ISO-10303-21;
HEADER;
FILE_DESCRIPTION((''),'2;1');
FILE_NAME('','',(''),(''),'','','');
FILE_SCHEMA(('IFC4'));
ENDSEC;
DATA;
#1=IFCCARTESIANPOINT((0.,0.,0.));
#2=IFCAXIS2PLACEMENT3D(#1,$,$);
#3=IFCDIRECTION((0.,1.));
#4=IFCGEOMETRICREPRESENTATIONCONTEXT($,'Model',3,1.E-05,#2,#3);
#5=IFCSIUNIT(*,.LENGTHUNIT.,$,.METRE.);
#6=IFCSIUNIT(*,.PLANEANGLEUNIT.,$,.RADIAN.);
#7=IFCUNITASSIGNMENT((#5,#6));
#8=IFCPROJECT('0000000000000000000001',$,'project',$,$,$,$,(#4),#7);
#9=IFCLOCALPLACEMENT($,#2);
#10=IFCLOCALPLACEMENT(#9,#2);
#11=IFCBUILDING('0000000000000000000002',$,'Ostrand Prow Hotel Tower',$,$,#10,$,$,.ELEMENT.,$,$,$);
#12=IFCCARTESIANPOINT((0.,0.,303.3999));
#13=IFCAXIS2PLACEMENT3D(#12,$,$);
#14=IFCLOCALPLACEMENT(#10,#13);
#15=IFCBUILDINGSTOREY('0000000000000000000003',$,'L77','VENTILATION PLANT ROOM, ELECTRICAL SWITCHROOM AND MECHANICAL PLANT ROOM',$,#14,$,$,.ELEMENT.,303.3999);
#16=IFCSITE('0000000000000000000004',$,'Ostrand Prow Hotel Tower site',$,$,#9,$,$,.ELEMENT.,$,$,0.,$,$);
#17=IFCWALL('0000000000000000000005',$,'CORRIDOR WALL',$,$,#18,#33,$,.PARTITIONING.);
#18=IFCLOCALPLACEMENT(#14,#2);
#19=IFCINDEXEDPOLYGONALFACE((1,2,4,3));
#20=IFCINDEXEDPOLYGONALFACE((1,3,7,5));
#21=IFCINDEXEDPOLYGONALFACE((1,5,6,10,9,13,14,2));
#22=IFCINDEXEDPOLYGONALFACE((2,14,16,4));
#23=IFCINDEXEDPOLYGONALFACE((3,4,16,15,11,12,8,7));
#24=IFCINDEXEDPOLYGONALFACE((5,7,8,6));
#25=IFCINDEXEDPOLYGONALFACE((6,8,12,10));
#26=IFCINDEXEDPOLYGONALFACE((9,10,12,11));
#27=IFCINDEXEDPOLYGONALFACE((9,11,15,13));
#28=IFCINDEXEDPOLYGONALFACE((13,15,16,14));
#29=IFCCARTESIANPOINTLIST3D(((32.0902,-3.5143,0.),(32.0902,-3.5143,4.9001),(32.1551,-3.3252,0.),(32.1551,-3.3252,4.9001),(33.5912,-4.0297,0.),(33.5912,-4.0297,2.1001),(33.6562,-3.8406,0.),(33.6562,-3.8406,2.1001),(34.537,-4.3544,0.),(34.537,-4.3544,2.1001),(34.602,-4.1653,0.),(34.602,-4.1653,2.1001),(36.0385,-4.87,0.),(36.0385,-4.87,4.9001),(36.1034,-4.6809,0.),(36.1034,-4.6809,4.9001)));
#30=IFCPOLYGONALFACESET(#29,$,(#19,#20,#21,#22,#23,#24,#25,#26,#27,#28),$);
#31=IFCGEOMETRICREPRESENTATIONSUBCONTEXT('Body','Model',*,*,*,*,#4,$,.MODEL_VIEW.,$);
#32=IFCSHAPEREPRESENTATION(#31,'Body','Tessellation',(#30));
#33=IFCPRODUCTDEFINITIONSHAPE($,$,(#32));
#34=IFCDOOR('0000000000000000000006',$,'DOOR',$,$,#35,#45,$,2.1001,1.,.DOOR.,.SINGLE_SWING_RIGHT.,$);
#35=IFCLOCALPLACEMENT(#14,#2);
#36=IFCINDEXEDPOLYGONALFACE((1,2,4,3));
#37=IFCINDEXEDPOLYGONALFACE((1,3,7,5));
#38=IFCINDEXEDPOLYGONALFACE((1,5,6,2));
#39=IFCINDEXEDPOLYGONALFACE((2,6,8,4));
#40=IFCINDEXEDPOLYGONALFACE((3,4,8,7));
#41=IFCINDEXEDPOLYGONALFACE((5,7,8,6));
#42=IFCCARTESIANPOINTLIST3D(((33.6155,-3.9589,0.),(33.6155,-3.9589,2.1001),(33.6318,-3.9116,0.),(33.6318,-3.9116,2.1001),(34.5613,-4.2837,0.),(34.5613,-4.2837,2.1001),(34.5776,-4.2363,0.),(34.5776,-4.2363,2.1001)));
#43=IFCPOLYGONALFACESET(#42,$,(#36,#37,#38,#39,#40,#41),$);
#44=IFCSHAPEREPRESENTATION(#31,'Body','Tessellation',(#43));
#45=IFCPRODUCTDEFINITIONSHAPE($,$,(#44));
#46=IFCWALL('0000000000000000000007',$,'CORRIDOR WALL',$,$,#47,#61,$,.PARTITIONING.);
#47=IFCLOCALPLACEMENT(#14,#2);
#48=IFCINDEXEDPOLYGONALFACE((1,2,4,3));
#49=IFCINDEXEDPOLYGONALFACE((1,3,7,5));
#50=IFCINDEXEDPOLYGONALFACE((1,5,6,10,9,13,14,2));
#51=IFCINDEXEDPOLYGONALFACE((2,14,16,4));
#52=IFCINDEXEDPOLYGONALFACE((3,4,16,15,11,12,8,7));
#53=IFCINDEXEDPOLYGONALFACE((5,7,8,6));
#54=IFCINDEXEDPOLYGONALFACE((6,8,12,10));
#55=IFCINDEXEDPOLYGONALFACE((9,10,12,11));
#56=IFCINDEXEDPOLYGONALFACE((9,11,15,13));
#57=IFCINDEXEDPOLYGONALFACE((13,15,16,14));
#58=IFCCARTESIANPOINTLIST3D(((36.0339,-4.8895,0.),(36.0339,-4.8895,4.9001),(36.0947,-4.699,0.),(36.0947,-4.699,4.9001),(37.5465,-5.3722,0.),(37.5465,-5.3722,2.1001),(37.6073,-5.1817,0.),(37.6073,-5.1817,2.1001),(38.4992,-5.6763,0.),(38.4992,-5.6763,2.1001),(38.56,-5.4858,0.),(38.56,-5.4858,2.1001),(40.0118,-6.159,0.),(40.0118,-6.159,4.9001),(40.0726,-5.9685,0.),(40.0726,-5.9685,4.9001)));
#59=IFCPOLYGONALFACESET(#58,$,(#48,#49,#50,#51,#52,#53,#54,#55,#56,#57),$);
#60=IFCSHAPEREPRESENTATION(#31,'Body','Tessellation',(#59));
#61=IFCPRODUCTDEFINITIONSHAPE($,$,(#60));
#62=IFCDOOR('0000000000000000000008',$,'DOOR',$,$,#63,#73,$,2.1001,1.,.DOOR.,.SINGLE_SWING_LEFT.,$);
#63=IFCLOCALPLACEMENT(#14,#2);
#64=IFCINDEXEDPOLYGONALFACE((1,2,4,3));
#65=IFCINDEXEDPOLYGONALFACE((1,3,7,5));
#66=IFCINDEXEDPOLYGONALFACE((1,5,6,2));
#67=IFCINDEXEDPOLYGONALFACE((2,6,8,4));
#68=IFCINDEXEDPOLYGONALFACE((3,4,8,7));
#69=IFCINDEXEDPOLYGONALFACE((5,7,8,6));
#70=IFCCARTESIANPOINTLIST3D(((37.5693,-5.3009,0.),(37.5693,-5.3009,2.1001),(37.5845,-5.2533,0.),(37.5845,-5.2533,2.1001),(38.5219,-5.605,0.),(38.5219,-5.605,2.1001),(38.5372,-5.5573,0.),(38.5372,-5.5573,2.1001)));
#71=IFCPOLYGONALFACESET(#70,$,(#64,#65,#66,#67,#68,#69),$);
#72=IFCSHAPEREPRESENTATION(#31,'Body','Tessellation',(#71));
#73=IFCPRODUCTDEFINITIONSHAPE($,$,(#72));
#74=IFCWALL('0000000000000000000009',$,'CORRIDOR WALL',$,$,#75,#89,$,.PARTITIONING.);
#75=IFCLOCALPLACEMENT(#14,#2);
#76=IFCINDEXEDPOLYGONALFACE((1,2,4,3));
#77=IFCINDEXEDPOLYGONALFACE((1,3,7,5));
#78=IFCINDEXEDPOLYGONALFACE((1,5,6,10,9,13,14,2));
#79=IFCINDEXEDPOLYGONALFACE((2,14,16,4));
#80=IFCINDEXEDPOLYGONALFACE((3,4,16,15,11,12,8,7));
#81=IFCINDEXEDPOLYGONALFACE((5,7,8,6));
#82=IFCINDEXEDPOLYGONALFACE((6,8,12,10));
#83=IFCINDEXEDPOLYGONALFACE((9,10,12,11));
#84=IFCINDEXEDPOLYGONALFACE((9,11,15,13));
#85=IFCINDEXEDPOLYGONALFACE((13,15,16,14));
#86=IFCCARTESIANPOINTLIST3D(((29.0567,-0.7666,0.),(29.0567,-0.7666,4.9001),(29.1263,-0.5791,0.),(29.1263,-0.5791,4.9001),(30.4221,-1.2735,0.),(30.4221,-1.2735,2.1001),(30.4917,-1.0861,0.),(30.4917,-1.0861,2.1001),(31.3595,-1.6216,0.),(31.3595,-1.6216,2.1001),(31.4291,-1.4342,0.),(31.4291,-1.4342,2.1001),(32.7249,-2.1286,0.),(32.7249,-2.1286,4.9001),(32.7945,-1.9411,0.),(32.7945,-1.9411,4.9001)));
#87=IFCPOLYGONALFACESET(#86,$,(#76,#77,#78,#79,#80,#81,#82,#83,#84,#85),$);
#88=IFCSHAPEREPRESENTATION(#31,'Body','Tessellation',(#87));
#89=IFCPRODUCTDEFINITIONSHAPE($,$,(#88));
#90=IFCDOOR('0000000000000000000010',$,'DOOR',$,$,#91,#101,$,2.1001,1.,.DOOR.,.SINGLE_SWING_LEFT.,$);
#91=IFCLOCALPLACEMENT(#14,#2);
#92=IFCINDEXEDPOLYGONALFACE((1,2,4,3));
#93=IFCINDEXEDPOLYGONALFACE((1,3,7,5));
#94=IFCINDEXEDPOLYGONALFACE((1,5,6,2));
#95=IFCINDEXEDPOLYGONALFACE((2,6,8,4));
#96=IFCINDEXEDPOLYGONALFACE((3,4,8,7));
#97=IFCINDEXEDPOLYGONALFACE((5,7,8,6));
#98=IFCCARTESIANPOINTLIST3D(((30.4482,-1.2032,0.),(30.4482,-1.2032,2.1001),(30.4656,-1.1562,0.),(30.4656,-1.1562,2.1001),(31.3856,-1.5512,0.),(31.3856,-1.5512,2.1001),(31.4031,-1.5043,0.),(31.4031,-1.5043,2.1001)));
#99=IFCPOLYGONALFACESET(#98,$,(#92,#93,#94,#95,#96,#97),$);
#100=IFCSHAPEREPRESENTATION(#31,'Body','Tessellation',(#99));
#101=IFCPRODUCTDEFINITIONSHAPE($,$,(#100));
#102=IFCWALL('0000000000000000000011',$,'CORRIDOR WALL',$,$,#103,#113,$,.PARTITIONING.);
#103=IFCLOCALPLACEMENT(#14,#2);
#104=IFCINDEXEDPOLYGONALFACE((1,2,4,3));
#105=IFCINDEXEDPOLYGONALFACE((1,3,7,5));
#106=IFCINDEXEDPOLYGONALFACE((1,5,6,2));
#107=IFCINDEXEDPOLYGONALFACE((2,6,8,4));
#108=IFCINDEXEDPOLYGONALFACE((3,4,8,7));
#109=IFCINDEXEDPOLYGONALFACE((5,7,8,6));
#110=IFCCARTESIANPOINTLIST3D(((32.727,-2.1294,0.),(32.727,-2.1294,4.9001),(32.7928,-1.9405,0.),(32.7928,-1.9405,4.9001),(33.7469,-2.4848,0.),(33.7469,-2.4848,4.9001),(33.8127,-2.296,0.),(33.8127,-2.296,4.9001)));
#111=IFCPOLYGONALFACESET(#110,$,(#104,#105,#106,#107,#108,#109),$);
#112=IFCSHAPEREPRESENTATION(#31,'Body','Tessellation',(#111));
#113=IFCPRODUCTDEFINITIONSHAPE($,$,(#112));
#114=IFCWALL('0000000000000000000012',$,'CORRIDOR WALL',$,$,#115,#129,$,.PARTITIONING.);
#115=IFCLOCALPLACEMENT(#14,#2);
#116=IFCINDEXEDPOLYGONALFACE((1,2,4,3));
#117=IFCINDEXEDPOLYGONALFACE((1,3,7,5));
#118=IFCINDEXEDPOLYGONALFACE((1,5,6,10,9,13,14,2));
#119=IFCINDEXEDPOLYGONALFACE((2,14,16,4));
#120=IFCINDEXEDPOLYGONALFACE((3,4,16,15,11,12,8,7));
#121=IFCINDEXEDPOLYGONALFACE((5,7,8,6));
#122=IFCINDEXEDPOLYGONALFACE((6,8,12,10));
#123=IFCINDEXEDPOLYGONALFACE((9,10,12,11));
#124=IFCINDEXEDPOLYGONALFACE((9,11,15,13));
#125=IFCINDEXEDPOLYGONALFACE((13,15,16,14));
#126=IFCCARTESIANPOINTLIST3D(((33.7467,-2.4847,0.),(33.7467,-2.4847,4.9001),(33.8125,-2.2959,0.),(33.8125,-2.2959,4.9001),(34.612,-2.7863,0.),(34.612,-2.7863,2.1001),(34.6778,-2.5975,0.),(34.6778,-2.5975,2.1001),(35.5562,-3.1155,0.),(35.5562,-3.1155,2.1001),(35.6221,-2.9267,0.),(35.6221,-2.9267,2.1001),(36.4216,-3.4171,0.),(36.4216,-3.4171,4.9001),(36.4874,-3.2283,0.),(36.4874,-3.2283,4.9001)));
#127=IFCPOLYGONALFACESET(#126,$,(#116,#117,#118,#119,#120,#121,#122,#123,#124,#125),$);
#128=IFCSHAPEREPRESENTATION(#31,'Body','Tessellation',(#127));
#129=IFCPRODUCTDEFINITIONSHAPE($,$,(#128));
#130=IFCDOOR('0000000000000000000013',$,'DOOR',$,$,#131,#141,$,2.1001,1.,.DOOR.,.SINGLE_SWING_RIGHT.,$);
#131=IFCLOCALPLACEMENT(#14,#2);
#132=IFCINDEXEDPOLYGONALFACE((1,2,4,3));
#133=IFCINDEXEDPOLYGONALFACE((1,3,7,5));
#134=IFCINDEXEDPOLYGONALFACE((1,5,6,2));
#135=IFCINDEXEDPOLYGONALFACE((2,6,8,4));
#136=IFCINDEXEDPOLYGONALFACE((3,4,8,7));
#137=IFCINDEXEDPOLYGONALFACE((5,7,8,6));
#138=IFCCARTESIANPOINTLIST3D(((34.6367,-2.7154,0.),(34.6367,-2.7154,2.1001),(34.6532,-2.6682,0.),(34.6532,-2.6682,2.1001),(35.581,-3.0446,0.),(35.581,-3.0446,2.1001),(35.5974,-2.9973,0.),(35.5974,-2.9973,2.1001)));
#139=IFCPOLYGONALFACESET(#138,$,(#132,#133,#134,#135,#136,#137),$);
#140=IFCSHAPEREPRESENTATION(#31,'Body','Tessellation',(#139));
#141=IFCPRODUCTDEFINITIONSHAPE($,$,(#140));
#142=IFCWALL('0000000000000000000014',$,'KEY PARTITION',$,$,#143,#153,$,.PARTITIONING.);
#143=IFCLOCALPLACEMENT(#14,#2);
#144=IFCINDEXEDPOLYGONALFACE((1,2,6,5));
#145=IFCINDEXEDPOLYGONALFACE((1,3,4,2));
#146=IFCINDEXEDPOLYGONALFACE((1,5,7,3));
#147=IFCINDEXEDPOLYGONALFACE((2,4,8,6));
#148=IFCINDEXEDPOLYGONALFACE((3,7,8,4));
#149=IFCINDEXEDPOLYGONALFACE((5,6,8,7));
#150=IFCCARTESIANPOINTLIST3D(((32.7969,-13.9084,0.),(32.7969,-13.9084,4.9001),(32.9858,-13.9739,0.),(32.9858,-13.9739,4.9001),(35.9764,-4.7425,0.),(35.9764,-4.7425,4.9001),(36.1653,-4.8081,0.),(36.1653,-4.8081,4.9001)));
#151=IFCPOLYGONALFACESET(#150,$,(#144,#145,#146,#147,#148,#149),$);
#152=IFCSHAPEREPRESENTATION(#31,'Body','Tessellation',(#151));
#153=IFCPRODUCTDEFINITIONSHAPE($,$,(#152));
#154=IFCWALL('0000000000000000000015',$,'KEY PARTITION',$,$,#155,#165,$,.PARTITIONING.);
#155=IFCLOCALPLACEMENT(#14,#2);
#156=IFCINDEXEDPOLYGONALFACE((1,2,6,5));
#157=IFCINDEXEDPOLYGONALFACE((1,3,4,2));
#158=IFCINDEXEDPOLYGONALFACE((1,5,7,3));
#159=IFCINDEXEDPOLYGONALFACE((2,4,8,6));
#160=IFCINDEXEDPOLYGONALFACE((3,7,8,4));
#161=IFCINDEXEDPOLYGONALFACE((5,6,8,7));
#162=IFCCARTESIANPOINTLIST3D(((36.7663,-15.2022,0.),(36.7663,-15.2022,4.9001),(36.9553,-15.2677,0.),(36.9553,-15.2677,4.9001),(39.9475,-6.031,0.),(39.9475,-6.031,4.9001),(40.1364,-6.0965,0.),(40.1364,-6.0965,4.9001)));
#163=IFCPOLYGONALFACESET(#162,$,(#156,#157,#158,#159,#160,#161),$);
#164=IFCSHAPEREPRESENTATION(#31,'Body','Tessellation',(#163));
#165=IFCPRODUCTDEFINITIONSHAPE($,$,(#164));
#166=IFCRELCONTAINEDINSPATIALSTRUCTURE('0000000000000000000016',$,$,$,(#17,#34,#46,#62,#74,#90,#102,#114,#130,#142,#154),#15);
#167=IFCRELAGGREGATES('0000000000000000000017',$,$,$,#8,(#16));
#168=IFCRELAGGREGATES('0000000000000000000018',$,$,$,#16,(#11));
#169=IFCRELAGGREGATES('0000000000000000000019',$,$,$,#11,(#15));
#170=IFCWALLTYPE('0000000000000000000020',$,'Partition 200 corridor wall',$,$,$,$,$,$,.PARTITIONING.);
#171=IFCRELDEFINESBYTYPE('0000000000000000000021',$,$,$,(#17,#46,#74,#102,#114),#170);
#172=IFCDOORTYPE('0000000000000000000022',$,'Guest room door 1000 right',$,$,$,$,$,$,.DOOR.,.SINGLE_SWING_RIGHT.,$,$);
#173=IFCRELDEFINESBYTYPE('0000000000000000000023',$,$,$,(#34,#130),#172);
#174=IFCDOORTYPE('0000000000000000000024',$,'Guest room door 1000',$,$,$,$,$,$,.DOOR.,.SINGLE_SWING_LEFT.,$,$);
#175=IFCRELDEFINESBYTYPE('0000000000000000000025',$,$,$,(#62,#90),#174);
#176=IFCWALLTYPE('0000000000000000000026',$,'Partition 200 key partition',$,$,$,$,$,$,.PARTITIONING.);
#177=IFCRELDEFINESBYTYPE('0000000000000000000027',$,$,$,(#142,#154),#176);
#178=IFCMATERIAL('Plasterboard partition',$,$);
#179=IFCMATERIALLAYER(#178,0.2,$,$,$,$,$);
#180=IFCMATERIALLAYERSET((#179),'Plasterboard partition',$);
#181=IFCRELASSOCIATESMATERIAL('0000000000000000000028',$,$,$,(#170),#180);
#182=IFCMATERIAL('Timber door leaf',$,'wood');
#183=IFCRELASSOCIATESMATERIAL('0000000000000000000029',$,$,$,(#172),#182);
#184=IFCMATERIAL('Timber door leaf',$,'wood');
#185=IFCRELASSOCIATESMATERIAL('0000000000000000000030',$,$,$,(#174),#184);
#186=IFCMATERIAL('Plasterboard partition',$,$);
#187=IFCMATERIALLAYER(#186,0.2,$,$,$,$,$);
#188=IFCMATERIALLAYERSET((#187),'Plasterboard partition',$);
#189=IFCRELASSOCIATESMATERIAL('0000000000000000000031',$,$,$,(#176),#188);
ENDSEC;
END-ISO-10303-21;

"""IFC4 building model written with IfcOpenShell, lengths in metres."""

from ifc_helpers import new_model, si_unit, direction, frame, frame_2d, origin, place, context, subcontext, project, spatial, rectangle, extrude, material, layer, layer_set, type_object, element, fill, save


model = new_model("IFC4")

# Units and contexts
model_context = context("Model", 3, precision=1e-05, world=origin(), true_north=direction((0.0, 1.0)))
body_context = subcontext(model_context, "Body", "Model", "MODEL_VIEW")
ifc_project = project(units=[si_unit("LENGTHUNIT", "METRE"), si_unit("PLANEANGLEUNIT", "RADIAN")], contexts=[model_context])

# Site, building, storey
site_placement = place(None, origin())
site = spatial("IfcSite", under=ifc_project, at=site_placement, Name="Ostrand Prow Hotel Tower site", CompositionType="ELEMENT", RefElevation=0.0)
building_placement = place(site_placement, origin())
building = spatial("IfcBuilding", under=site, at=building_placement, Name="Ostrand Prow Hotel Tower", CompositionType="ELEMENT")
storey_placement = place(building_placement, frame((0.0, 0.0, 303.3999)))
storey = spatial("IfcBuildingStorey", under=building, at=storey_placement, Name="L77", Description="VENTILATION PLANT ROOM, ELECTRICAL SWITCHROOM AND MECHANICAL PLANT ROOM", CompositionType="ELEMENT", Elevation=303.3999)

# Walls, openings, doors
ifc_material_1 = material(Name="Plasterboard partition")
ifc_layer_1 = layer(ifc_material_1, 0.2)
ifc_layer_set_1 = layer_set([ifc_layer_1], Name="Plasterboard partition")
wall_type_1 = type_object("IfcWallType", Name="Partition 200 corridor wall", PredefinedType="PARTITIONING", material=ifc_layer_set_1)
wall_1_placement = place(storey_placement, frame((32.1226, -3.4197, 0.0), z_axis=(0.0, 0.0, 1.0), x_axis=(0.945797, -0.324759, 0.0)))
wall_1 = element("IfcWall", 1, at=wall_1_placement, inside=storey, type_object=wall_type_1, Name="CORRIDOR WALL", PredefinedType="PARTITIONING", context=body_context, shape_type="SweptSolid", body=[
    extrude(rectangle(XDim=4.1746, YDim=0.2, at=frame_2d((2.0874, 0.0))), origin(), (0.0, 0.0, 1.0), 4.9001),
])
opening_1_placement = place(wall_1_placement, frame((1.5872, 0.0, 0.0)))
opening_1 = element("IfcOpeningElement", 2, at=opening_1_placement, cuts=wall_1, PredefinedType="OPENING", context=body_context, shape_type="SweptSolid", body=[
    extrude(rectangle(XDim=1.0, YDim=2.1001, at=frame_2d((0.5, 1.05))), frame((0.0, 0.1099, 0.0), z_axis=(0.0, -1.0, 0.0), x_axis=(1.0, 0.0, 0.0)), (0.0, 0.0, 1.0), 0.22),
])
ifc_material_2 = material(Name="Timber door leaf", Category="wood")
door_type_1 = type_object("IfcDoorType", Name="Guest room door 1000 right", OperationType="SINGLE_SWING_RIGHT", PredefinedType="DOOR", material=ifc_material_2)
door_1_placement = place(opening_1_placement, origin())
door_1 = element("IfcDoor", 3, at=door_1_placement, inside=storey, type_object=door_type_1, Name="DOOR", OperationType="SINGLE_SWING_RIGHT", OverallHeight=2.1001, OverallWidth=1.0, PredefinedType="DOOR", context=body_context, shape_type="SweptSolid", body=[
    extrude(rectangle(XDim=1.0, YDim=2.1001, at=frame_2d((0.5, 1.05))), frame((0.0, 0.0249, 0.0), z_axis=(0.0, -1.0, 0.0), x_axis=(1.0, 0.0, 0.0)), (0.0, 0.0, 1.0), 0.05),
])
fill(opening_1, door_1)
wall_2_placement = place(storey_placement, frame((36.0642, -4.7942, 0.0), z_axis=(0.0, 0.0, 1.0), x_axis=(0.952657, -0.304046, 0.0)))
wall_2 = element("IfcWall", 4, at=wall_2_placement, inside=storey, type_object=wall_type_1, Name="CORRIDOR WALL", PredefinedType="PARTITIONING", context=body_context, shape_type="SweptSolid", body=[
    extrude(rectangle(XDim=4.1755, YDim=0.2, at=frame_2d((2.0879, 0.0))), origin(), (0.0, 0.0, 1.0), 4.9001),
])
opening_2_placement = place(wall_2_placement, frame((1.5879, 0.0, 0.0)))
opening_2 = element("IfcOpeningElement", 5, at=opening_2_placement, cuts=wall_2, PredefinedType="OPENING", context=body_context, shape_type="SweptSolid", body=[
    extrude(rectangle(XDim=1.0, YDim=2.1001, at=frame_2d((0.5, 1.05))), frame((0.0, 0.1099, 0.0), z_axis=(0.0, -1.0, 0.0), x_axis=(1.0, 0.0, 0.0)), (0.0, 0.0, 1.0), 0.22),
])
ifc_material_3 = material(Name="Timber door leaf", Category="wood")
door_type_2 = type_object("IfcDoorType", Name="Guest room door 1000", OperationType="SINGLE_SWING_LEFT", PredefinedType="DOOR", material=ifc_material_3)
door_2_placement = place(opening_2_placement, origin())
door_2 = element("IfcDoor", 6, at=door_2_placement, inside=storey, type_object=door_type_2, Name="DOOR", OperationType="SINGLE_SWING_LEFT", OverallHeight=2.1001, OverallWidth=1.0, PredefinedType="DOOR", context=body_context, shape_type="SweptSolid", body=[
    extrude(rectangle(XDim=1.0, YDim=2.1001, at=frame_2d((0.5, 1.05))), frame((0.0, 0.0249, 0.0), z_axis=(0.0, -1.0, 0.0), x_axis=(1.0, 0.0, 0.0)), (0.0, 0.0, 1.0), 0.05),
])
fill(opening_2, door_2)
wall_3_placement = place(storey_placement, frame((32.7598, -2.0349, 0.0), z_axis=(0.0, 0.0, 1.0), x_axis=(-0.93746, 0.348093, 0.0)))
wall_3 = element("IfcWall", 7, at=wall_3_placement, inside=storey, type_object=wall_type_1, Name="CORRIDOR WALL", PredefinedType="PARTITIONING", context=body_context, shape_type="SweptSolid", body=[
    extrude(rectangle(XDim=3.9128, YDim=0.2, at=frame_2d((1.9565, 0.0))), origin(), (0.0, 0.0, 1.0), 4.9001),
])
opening_3_placement = place(wall_3_placement, frame((1.4565, 0.0, 0.0)))
opening_3 = element("IfcOpeningElement", 8, at=opening_3_placement, cuts=wall_3, PredefinedType="OPENING", context=body_context, shape_type="SweptSolid", body=[
    extrude(rectangle(XDim=1.0, YDim=2.1001, at=frame_2d((0.5, 1.05))), frame((0.0, 0.1099, 0.0), z_axis=(0.0, -1.0, 0.0), x_axis=(1.0, 0.0, 0.0)), (0.0, 0.0, 1.0), 0.22),
])
door_3_placement = place(opening_3_placement, origin())
door_3 = element("IfcDoor", 9, at=door_3_placement, inside=storey, type_object=door_type_2, Name="DOOR", OperationType="SINGLE_SWING_LEFT", OverallHeight=2.1001, OverallWidth=1.0, PredefinedType="DOOR", context=body_context, shape_type="SweptSolid", body=[
    extrude(rectangle(XDim=1.0, YDim=2.1001, at=frame_2d((0.5, 1.05))), frame((0.0, 0.0249, 0.0), z_axis=(0.0, -1.0, 0.0), x_axis=(1.0, 0.0, 0.0)), (0.0, 0.0, 1.0), 0.05),
])
fill(opening_3, door_3)

# Wall
wall_4_placement = place(storey_placement, frame((33.7798, -2.3904, 0.0), z_axis=(0.0, 0.0, 1.0), x_axis=(-0.944301, 0.329082, 0.0)))
element("IfcWall", 10, at=wall_4_placement, inside=storey, type_object=wall_type_1, Name="CORRIDOR WALL", PredefinedType="PARTITIONING", context=body_context, shape_type="SweptSolid", body=[
    extrude(rectangle(XDim=1.0801, YDim=0.2, at=frame_2d((0.54, 0.0))), origin(), (0.0, 0.0, 1.0), 4.9001),
])

# Wall, opening, door
wall_5_placement = place(storey_placement, frame((36.4546, -3.3228, 0.0), z_axis=(0.0, 0.0, 1.0), x_axis=(-0.944277, 0.329152, 0.0)))
wall_5 = element("IfcWall", 11, at=wall_5_placement, inside=storey, type_object=wall_type_1, Name="CORRIDOR WALL", PredefinedType="PARTITIONING", context=body_context, shape_type="SweptSolid", body=[
    extrude(rectangle(XDim=2.8328, YDim=0.2, at=frame_2d((1.4165, 0.0))), origin(), (0.0, 0.0, 1.0), 4.9001),
])
opening_4_placement = place(wall_5_placement, frame((0.9165, 0.0, 0.0)))
opening_4 = element("IfcOpeningElement", 12, at=opening_4_placement, cuts=wall_5, PredefinedType="OPENING", context=body_context, shape_type="SweptSolid", body=[
    extrude(rectangle(XDim=1.0, YDim=2.1001, at=frame_2d((0.5, 1.05))), frame((0.0, 0.1099, 0.0), z_axis=(0.0, -1.0, 0.0), x_axis=(1.0, 0.0, 0.0)), (0.0, 0.0, 1.0), 0.22),
])
door_4_placement = place(opening_4_placement, origin())
door_4 = element("IfcDoor", 13, at=door_4_placement, inside=storey, type_object=door_type_1, Name="DOOR", OperationType="SINGLE_SWING_RIGHT", OverallHeight=2.1001, OverallWidth=1.0, PredefinedType="DOOR", context=body_context, shape_type="SweptSolid", body=[
    extrude(rectangle(XDim=1.0, YDim=2.1001, at=frame_2d((0.5, 1.05))), frame((0.0, 0.0249, 0.0), z_axis=(0.0, -1.0, 0.0), x_axis=(1.0, 0.0, 0.0)), (0.0, 0.0, 1.0), 0.05),
])
fill(opening_4, door_4)

# Walls
ifc_material_4 = material(Name="Plasterboard partition")
ifc_layer_2 = layer(ifc_material_4, 0.2)
ifc_layer_set_2 = layer_set([ifc_layer_2], Name="Plasterboard partition")
wall_type_2 = type_object("IfcWallType", Name="Partition 200 key partition", PredefinedType="PARTITIONING", material=ifc_layer_set_2)
wall_6_placement = place(storey_placement, frame((32.8914, -13.9412, 0.0), z_axis=(0.0, 0.0, 1.0), x_axis=(0.327725, 0.944773, 0.0)))
element("IfcWall", 14, at=wall_6_placement, inside=storey, type_object=wall_type_2, Name="KEY PARTITION", PredefinedType="PARTITIONING", context=body_context, shape_type="SweptSolid", body=[
    extrude(rectangle(XDim=9.7017, YDim=0.2, at=frame_2d((4.8508, 0.0))), origin(), (0.0, 0.0, 1.0), 4.9001),
])
wall_7_placement = place(storey_placement, frame((36.8608, -15.2349, 0.0), z_axis=(0.0, 0.0, 1.0), x_axis=(0.327711, 0.944778, 0.0)))
element("IfcWall", 15, at=wall_7_placement, inside=storey, type_object=wall_type_2, Name="KEY PARTITION", PredefinedType="PARTITIONING", context=body_context, shape_type="SweptSolid", body=[
    extrude(rectangle(XDim=9.7073, YDim=0.2, at=frame_2d((4.8535, 0.0))), origin(), (0.0, 0.0, 1.0), 4.9001),
])

save(model, "model.ifc")
